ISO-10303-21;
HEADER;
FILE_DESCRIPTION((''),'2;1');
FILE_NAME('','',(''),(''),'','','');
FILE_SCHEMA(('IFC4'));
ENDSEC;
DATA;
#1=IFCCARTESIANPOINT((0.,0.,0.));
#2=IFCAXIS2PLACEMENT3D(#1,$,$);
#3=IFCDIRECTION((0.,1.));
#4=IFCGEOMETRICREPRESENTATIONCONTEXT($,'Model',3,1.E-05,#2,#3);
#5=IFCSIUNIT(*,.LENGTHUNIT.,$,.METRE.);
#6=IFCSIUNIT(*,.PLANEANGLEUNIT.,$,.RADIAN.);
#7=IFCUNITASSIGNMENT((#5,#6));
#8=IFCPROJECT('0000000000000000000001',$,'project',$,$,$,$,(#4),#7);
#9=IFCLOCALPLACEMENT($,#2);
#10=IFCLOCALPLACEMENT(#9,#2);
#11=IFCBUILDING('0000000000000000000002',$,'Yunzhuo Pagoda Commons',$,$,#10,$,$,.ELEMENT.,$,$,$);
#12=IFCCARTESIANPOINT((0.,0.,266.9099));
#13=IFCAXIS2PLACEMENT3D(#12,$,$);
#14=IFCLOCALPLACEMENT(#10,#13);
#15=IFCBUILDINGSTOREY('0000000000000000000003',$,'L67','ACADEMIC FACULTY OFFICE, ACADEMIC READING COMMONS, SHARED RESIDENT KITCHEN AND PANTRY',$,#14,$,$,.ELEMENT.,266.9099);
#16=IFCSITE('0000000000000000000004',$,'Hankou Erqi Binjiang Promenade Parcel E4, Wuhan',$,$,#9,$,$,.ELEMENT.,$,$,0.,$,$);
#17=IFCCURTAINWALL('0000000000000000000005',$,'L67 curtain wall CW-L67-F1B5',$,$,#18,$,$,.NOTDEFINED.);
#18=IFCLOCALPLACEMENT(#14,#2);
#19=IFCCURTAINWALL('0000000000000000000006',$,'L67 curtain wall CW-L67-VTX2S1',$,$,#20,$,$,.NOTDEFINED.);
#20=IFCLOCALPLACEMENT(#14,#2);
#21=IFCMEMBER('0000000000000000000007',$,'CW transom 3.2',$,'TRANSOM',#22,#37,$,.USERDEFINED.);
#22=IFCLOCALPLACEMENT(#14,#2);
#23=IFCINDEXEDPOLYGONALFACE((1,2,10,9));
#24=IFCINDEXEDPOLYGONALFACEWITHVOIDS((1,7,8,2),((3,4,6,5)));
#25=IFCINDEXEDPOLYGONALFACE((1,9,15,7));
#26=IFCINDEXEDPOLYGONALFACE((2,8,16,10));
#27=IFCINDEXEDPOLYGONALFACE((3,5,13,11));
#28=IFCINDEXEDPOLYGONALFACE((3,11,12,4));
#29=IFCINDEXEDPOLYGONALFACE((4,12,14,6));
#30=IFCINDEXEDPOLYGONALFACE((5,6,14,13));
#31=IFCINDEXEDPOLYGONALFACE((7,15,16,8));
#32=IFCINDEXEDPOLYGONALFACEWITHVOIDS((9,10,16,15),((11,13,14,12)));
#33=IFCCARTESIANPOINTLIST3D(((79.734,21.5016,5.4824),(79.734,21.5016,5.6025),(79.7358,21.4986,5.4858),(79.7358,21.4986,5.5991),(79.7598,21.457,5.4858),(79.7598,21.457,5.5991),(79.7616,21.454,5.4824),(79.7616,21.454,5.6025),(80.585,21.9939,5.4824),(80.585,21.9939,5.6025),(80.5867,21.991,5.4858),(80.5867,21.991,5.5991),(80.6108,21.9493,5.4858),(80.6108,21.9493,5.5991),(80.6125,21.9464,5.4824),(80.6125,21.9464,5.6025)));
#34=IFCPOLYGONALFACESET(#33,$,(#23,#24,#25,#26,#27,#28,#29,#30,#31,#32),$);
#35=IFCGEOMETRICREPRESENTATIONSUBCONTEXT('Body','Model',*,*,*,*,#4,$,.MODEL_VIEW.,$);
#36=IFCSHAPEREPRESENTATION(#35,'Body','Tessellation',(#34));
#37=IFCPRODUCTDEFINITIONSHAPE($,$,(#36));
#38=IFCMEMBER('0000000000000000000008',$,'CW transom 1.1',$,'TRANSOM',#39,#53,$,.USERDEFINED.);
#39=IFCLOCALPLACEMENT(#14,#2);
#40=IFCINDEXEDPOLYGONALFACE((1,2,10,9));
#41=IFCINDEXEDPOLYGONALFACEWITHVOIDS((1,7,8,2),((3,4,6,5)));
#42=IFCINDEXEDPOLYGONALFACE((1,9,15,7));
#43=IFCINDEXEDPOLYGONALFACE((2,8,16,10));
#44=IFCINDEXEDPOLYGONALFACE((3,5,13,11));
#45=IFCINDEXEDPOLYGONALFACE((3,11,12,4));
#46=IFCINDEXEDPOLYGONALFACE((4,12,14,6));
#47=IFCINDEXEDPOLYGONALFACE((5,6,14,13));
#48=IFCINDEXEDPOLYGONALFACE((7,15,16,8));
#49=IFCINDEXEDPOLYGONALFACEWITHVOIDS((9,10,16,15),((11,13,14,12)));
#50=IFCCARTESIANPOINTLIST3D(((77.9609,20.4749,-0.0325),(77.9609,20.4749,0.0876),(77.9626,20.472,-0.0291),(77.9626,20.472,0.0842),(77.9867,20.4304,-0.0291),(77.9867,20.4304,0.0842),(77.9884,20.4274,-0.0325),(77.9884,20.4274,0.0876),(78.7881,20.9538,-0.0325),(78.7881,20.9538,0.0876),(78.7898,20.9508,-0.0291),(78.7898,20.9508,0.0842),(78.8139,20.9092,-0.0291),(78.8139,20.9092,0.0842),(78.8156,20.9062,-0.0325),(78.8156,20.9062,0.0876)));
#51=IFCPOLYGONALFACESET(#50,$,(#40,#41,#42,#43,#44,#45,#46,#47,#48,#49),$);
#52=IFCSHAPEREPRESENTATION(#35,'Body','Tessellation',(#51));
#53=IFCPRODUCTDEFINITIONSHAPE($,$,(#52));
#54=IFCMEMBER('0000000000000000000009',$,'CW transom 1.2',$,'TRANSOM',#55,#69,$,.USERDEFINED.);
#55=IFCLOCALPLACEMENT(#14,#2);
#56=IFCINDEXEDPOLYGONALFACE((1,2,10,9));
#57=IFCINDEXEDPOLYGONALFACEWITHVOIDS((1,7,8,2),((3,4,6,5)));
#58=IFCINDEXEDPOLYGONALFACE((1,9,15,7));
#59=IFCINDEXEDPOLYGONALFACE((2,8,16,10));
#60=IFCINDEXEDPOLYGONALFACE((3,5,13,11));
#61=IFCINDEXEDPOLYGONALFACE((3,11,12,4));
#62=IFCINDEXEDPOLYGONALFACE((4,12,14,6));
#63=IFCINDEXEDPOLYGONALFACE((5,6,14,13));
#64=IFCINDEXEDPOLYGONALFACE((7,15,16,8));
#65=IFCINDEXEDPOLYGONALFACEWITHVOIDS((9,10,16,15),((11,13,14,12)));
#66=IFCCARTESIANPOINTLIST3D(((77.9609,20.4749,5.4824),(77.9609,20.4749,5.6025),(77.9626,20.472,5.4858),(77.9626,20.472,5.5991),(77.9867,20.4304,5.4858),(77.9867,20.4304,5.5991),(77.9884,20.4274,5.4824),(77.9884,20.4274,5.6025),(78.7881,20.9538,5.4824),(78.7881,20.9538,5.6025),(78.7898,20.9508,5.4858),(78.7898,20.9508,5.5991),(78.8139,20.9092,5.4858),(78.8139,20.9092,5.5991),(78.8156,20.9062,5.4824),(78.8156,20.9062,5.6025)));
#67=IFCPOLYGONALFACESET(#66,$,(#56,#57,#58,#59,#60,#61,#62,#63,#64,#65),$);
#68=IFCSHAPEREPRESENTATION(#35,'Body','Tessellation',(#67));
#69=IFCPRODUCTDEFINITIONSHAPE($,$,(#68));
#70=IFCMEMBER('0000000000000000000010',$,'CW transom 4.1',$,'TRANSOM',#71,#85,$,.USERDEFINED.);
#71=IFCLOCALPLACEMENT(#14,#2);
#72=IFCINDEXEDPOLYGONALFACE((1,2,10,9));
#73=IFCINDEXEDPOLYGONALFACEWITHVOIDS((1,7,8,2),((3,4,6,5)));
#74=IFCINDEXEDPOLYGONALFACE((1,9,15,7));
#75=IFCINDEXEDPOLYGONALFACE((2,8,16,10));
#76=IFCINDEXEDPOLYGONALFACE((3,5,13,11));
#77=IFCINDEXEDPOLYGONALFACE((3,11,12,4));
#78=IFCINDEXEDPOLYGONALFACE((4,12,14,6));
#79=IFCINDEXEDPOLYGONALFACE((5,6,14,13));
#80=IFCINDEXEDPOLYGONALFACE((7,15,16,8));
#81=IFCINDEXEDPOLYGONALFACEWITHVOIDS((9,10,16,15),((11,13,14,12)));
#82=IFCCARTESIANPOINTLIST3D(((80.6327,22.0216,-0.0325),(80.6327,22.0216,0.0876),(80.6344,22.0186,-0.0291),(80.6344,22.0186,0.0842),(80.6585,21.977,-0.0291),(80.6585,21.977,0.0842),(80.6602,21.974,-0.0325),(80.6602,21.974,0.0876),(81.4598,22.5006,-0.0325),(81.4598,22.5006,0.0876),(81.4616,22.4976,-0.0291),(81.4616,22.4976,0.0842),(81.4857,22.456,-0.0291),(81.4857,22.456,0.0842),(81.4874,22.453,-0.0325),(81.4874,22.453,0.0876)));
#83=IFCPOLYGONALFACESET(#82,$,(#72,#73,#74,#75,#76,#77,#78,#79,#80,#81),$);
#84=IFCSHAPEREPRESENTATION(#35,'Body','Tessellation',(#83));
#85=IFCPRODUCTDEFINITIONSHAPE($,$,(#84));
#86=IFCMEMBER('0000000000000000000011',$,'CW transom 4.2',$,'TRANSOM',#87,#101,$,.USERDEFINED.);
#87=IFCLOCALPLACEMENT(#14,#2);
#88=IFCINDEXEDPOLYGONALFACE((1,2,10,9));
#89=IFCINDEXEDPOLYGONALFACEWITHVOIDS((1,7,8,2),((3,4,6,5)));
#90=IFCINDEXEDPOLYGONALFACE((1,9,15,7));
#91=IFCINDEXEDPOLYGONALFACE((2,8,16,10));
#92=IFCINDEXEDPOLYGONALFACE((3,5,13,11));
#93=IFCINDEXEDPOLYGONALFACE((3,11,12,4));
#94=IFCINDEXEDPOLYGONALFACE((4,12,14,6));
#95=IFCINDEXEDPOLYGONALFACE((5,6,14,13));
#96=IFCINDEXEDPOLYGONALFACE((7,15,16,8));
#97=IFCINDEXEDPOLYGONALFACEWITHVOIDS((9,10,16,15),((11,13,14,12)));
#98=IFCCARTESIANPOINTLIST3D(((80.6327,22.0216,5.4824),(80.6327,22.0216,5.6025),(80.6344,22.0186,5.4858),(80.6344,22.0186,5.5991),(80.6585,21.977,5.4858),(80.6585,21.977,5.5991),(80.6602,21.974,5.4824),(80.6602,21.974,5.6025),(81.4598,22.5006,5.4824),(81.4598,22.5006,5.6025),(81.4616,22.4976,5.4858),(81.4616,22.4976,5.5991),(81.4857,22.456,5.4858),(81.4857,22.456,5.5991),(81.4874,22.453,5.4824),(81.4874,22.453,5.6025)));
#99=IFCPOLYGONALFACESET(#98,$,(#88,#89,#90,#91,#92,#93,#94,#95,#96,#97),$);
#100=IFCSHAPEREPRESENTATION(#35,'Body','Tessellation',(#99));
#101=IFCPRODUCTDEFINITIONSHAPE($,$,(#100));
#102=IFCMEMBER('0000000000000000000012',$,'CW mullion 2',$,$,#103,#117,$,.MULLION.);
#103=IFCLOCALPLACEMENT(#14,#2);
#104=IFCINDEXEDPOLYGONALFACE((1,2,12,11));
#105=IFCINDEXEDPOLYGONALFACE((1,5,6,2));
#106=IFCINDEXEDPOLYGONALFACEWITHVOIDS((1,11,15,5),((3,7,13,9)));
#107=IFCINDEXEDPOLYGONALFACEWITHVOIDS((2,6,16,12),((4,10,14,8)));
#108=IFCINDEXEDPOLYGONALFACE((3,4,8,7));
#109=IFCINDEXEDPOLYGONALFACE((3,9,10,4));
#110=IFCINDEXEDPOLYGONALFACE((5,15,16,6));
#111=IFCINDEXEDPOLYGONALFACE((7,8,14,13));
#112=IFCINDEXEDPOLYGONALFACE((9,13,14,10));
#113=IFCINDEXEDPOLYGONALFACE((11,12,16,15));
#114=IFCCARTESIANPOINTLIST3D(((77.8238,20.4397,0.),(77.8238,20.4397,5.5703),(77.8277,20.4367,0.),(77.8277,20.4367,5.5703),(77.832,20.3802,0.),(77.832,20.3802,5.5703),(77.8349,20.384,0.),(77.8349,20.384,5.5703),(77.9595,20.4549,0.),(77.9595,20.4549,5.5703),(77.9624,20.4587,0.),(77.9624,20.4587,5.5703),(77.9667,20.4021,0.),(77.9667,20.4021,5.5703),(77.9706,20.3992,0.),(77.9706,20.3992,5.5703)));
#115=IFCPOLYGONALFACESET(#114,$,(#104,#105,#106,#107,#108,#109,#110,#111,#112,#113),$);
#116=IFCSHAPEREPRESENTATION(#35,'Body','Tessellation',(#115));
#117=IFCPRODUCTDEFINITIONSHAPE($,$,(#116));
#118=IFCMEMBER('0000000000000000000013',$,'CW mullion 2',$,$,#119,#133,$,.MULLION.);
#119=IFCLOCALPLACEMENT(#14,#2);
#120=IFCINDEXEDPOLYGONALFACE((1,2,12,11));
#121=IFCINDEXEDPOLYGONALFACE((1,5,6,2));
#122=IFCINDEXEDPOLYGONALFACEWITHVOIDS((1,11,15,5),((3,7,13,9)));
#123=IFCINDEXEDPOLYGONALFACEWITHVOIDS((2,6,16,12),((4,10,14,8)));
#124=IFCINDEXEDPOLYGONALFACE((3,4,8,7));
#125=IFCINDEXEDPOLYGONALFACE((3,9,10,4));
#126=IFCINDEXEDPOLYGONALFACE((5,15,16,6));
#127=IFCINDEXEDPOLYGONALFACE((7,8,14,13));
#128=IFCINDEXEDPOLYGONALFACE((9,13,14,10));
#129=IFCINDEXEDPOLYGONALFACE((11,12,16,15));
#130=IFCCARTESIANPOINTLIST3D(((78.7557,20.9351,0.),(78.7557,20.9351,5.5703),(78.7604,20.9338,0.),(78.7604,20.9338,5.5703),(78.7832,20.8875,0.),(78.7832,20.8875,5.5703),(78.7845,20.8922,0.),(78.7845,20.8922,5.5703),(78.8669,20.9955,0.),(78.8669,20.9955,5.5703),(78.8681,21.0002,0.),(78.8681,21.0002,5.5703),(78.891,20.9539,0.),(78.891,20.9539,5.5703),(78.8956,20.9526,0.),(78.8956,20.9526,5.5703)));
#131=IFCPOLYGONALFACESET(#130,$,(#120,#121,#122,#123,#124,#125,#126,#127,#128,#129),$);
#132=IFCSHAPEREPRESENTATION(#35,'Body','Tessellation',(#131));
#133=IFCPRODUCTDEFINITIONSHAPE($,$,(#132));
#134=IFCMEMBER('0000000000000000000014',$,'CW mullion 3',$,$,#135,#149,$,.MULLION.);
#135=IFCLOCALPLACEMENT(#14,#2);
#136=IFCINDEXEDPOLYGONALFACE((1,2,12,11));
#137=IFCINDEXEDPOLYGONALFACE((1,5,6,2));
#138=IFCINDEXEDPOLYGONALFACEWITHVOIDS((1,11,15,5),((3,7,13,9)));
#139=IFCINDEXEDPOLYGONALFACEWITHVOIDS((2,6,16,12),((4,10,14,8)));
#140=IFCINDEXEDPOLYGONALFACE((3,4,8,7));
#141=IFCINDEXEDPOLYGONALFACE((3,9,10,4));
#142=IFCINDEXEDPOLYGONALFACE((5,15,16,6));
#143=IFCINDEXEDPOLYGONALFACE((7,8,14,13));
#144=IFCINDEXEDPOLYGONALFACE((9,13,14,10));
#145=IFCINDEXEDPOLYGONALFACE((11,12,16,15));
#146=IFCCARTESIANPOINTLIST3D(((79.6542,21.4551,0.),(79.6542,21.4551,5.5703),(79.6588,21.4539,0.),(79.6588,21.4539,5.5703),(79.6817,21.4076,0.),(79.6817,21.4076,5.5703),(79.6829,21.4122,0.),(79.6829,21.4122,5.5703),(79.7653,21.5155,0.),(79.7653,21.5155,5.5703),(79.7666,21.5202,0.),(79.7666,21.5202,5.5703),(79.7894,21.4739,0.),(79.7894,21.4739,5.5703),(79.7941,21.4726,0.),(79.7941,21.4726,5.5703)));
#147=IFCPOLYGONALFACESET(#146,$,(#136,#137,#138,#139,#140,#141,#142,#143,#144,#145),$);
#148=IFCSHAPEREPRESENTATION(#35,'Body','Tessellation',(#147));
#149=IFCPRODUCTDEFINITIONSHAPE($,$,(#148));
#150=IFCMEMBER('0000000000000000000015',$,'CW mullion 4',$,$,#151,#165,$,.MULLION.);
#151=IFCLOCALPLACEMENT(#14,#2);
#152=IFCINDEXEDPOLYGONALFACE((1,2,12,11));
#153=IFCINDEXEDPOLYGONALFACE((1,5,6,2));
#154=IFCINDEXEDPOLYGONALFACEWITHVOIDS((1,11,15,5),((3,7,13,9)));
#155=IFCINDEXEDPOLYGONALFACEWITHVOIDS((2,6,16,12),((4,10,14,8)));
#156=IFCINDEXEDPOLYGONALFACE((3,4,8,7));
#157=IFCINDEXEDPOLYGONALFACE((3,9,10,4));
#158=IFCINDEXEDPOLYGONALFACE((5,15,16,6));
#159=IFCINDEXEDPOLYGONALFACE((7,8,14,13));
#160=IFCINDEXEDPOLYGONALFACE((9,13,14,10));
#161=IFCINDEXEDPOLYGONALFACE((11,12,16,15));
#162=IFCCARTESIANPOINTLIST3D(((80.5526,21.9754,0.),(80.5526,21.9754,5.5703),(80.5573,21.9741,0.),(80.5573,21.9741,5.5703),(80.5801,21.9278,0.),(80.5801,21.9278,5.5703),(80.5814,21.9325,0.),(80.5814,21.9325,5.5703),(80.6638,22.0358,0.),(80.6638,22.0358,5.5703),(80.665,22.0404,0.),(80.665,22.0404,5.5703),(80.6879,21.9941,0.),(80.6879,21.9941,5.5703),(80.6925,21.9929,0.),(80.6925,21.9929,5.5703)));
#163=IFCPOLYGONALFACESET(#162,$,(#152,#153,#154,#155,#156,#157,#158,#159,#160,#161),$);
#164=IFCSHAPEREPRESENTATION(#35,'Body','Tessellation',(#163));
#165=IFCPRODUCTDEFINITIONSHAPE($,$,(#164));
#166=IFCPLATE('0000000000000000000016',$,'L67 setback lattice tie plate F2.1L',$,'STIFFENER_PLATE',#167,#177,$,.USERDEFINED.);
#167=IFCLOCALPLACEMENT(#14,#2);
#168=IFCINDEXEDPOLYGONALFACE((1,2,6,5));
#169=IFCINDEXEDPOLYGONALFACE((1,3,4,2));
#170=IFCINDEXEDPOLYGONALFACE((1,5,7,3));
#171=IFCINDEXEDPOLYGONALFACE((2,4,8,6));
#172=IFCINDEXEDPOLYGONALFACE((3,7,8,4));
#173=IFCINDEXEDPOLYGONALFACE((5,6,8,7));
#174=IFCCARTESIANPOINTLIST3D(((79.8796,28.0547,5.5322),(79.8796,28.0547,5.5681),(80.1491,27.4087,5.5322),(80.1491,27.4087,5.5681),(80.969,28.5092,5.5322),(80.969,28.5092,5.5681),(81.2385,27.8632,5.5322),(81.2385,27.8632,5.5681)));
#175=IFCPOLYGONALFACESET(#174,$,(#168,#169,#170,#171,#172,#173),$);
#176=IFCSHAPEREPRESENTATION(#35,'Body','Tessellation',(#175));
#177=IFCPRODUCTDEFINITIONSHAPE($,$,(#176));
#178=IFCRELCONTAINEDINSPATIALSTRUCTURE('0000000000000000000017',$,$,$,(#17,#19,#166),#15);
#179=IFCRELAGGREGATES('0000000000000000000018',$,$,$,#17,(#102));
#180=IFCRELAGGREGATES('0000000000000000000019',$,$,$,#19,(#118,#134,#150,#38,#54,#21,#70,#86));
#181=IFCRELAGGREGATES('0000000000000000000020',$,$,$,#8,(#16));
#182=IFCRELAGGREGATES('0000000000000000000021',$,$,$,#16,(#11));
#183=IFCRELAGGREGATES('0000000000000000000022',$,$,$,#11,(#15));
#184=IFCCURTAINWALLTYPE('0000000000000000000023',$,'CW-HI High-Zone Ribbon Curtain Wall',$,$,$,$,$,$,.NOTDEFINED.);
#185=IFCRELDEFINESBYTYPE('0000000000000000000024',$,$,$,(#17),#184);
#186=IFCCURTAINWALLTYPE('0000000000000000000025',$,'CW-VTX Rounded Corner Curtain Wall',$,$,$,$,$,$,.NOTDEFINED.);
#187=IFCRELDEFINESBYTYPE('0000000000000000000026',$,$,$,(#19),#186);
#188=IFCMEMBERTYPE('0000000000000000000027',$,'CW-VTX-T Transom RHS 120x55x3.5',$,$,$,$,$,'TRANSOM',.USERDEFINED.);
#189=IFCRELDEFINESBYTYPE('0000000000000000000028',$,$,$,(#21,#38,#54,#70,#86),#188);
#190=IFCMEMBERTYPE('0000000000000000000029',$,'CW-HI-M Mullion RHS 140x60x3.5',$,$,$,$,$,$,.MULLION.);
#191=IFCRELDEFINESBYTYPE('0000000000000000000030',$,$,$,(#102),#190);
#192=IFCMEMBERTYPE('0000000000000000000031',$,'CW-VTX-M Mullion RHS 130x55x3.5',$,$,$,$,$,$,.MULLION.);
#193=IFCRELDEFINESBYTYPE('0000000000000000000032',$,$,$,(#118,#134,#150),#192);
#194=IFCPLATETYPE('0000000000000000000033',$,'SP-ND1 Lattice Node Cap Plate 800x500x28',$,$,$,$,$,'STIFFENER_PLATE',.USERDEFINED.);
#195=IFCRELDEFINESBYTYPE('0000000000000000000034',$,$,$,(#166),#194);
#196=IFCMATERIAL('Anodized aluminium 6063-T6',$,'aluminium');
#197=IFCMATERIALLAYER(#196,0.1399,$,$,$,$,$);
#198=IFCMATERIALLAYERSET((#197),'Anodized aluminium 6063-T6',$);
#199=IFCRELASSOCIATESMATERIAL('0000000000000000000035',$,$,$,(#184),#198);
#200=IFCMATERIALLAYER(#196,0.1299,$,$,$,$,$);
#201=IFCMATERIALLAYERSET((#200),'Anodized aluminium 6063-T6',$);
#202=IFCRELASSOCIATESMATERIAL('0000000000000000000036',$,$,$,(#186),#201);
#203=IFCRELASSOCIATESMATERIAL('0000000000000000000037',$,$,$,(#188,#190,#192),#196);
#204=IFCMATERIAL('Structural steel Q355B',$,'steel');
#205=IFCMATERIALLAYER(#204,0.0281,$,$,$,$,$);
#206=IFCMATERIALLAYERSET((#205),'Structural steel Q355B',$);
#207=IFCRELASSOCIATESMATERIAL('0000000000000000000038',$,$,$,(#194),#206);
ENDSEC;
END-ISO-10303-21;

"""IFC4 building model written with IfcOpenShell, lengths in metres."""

from ifc_helpers import new_model, si_unit, direction, frame, origin, origin_2d, place, context, subcontext, project, spatial, rectangle, hollow_rectangle, extrude, source, transform, mapped, material, layer, layer_set, material_profile, profile_set, type_object, element, aggregate, save


model = new_model("IFC4")

# Units and contexts
model_context = context("Model", 3, precision=1e-05, world=origin(), true_north=direction((0.0, 1.0)))
body_context = subcontext(model_context, "Body", "Model", "MODEL_VIEW")
ifc_project = project(units=[si_unit("LENGTHUNIT", "METRE"), si_unit("PLANEANGLEUNIT", "RADIAN")], contexts=[model_context])

# Site, building, storey
site_placement = place(None, origin())
site = spatial("IfcSite", under=ifc_project, at=site_placement, Name="Hankou Erqi Binjiang Promenade Parcel E4, Wuhan", CompositionType="ELEMENT", RefElevation=0.0)
building_placement = place(site_placement, origin())
building = spatial("IfcBuilding", under=site, at=building_placement, Name="Yunzhuo Pagoda Commons", CompositionType="ELEMENT")
storey_placement = place(building_placement, frame((0.0, 0.0, 266.9099)))
storey = spatial("IfcBuildingStorey", under=building, at=storey_placement, Name="L67", Description="ACADEMIC FACULTY OFFICE, ACADEMIC READING COMMONS, SHARED RESIDENT KITCHEN AND PANTRY", CompositionType="ELEMENT", Elevation=266.9099)

# Shared definitions
ifc_material_1 = material(Name="Structural steel Q355B", Category="steel")

# Curtain walls, members
ifc_material_2 = material(Name="Anodized aluminium 6063-T6", Category="aluminium")
ifc_layer_1 = layer(ifc_material_2, 0.1399)
ifc_layer_set_1 = layer_set([ifc_layer_1], Name="Anodized aluminium 6063-T6")
curtain_wall_type_1 = type_object("IfcCurtainWallType", Name="CW-HI High-Zone Ribbon Curtain Wall", PredefinedType="NOTDEFINED", material=ifc_layer_set_1)
curtain_wall_1_placement = place(storey_placement, origin())
curtain_wall_1 = element("IfcCurtainWall", 1, at=curtain_wall_1_placement, inside=storey, type_object=curtain_wall_type_1, Name="L67 curtain wall CW-L67-F1B5", PredefinedType="NOTDEFINED")
ifc_layer_2 = layer(ifc_material_2, 0.1299)
ifc_layer_set_2 = layer_set([ifc_layer_2], Name="Anodized aluminium 6063-T6")
curtain_wall_type_2 = type_object("IfcCurtainWallType", Name="CW-VTX Rounded Corner Curtain Wall", PredefinedType="NOTDEFINED", material=ifc_layer_set_2)
curtain_wall_2_placement = place(storey_placement, origin())
curtain_wall_2 = element("IfcCurtainWall", 2, at=curtain_wall_2_placement, inside=storey, type_object=curtain_wall_type_2, Name="L67 curtain wall CW-L67-VTX2S1", PredefinedType="NOTDEFINED")
ifc_material_profile_1 = material_profile(ifc_material_2, hollow_rectangle(XDim=0.0549, YDim=0.1201, WallThickness=0.0034, at=origin_2d()), Name="Anodized aluminium 6063-T6")
ifc_profile_set_1 = profile_set([ifc_material_profile_1], Name="Anodized aluminium 6063-T6")
member_type_1 = type_object("IfcMemberType", Name="CW-VTX-T Transom RHS 120x55x3.5", ElementType="TRANSOM", PredefinedType="USERDEFINED", material=ifc_profile_set_1)
shared_shape_1 = source(origin(), body_context, "Body", "SweptSolid", [
    extrude(hollow_rectangle(XDim=0.0549, YDim=0.1201, WallThickness=0.0034, at=origin_2d()), origin(), (0.0, 0.0, 1.0), 0.9832),
])
member_1_placement = place(storey_placement, frame((79.7478, 21.4778, 5.5425), z_axis=(0.865557, 0.500811, 0.0), x_axis=(-0.500811, 0.865557, 0.0)))
member_1 = element("IfcMember", 3, at=member_1_placement, type_object=member_type_1, Name="CW transom 3.2", ObjectType="TRANSOM", PredefinedType="USERDEFINED", context=body_context, shape_type="MappedRepresentation", body=[
    mapped(shared_shape_1, transform((0.0, 0.0, 0.0), scale=1.0)),
])
shared_shape_2 = source(origin(), body_context, "Body", "SweptSolid", [
    extrude(hollow_rectangle(XDim=0.0549, YDim=0.1201, WallThickness=0.0034, at=origin_2d()), origin(), (0.0, 0.0, 1.0), 0.9558),
])
member_2_placement = place(storey_placement, frame((77.9746, 20.4512, 0.0276), z_axis=(0.865479, 0.500946, 0.0), x_axis=(-0.500946, 0.865479, 0.0)))
member_2 = element("IfcMember", 4, at=member_2_placement, type_object=member_type_1, Name="CW transom 1.1", ObjectType="TRANSOM", PredefinedType="USERDEFINED", context=body_context, shape_type="MappedRepresentation", body=[
    mapped(shared_shape_2, transform((0.0, 0.0, 0.0), scale=1.0)),
])
member_3_placement = place(storey_placement, frame((77.9746, 20.4512, 5.5425), z_axis=(0.865479, 0.500946, 0.0), x_axis=(-0.500946, 0.865479, 0.0)))
member_3 = element("IfcMember", 5, at=member_3_placement, type_object=member_type_1, Name="CW transom 1.2", ObjectType="TRANSOM", PredefinedType="USERDEFINED", context=body_context, shape_type="MappedRepresentation", body=[
    mapped(shared_shape_2, transform((0.0, 0.0, 0.0), scale=1.0)),
])
member_4_placement = place(storey_placement, frame((80.6465, 21.9978, 0.0276), z_axis=(0.865368, 0.501137, 0.0), x_axis=(-0.501137, 0.865368, 0.0)))
member_4 = element("IfcMember", 6, at=member_4_placement, type_object=member_type_1, Name="CW transom 4.1", ObjectType="TRANSOM", PredefinedType="USERDEFINED", context=body_context, shape_type="MappedRepresentation", body=[
    mapped(shared_shape_2, transform((0.0, 0.0, 0.0), scale=1.0)),
])
member_5_placement = place(storey_placement, frame((80.6465, 21.9978, 5.5425), z_axis=(0.865368, 0.501137, 0.0), x_axis=(-0.501137, 0.865368, 0.0)))
member_5 = element("IfcMember", 7, at=member_5_placement, type_object=member_type_1, Name="CW transom 4.2", ObjectType="TRANSOM", PredefinedType="USERDEFINED", context=body_context, shape_type="MappedRepresentation", body=[
    mapped(shared_shape_2, transform((0.0, 0.0, 0.0), scale=1.0)),
])

# Members
ifc_material_profile_2 = material_profile(ifc_material_2, hollow_rectangle(XDim=0.0601, YDim=0.1399, WallThickness=0.0034, at=origin_2d()), Name="Anodized aluminium 6063-T6")
ifc_profile_set_2 = profile_set([ifc_material_profile_2], Name="Anodized aluminium 6063-T6")
member_type_2 = type_object("IfcMemberType", Name="CW-HI-M Mullion RHS 140x60x3.5", PredefinedType="MULLION", material=ifc_profile_set_2)
shared_shape_3 = source(origin(), body_context, "Body", "SweptSolid", [
    extrude(hollow_rectangle(XDim=0.0601, YDim=0.1399, WallThickness=0.0034, at=origin_2d()), origin(), (0.0, 0.0, 1.0), 5.5703),
])
member_6_placement = place(storey_placement, frame((77.8972, 20.4194, 0.0), z_axis=(0.0, 0.0, 1.0), x_axis=(-0.136099, 0.990695, 0.0)))
member_6 = element("IfcMember", 8, at=member_6_placement, type_object=member_type_2, Name="CW mullion 2", PredefinedType="MULLION", context=body_context, shape_type="MappedRepresentation", body=[
    mapped(shared_shape_3, transform((0.0, 0.0, 0.0), scale=1.0)),
])
ifc_material_profile_3 = material_profile(ifc_material_2, hollow_rectangle(XDim=0.0549, YDim=0.1299, WallThickness=0.0034, at=origin_2d()), Name="Anodized aluminium 6063-T6")
ifc_profile_set_3 = profile_set([ifc_material_profile_3], Name="Anodized aluminium 6063-T6")
member_type_3 = type_object("IfcMemberType", Name="CW-VTX-M Mullion RHS 130x55x3.5", PredefinedType="MULLION", material=ifc_profile_set_3)
shared_shape_4 = source(origin(), body_context, "Body", "SweptSolid", [
    extrude(hollow_rectangle(XDim=0.0549, YDim=0.1299, WallThickness=0.0034, at=origin_2d()), origin(), (0.0, 0.0, 1.0), 5.5703),
])
member_7_placement = place(storey_placement, frame((78.8257, 20.9438, 0.0), z_axis=(0.0, 0.0, 1.0), x_axis=(-0.501027, 0.865432, 0.0)))
member_7 = element("IfcMember", 9, at=member_7_placement, type_object=member_type_3, Name="CW mullion 2", PredefinedType="MULLION", context=body_context, shape_type="MappedRepresentation", body=[
    mapped(shared_shape_4, transform((0.0, 0.0, 0.0), scale=1.0)),
])
member_8_placement = place(storey_placement, frame((79.7241, 21.4639, 0.0), z_axis=(0.0, 0.0, 1.0), x_axis=(-0.501027, 0.865432, 0.0)))
member_8 = element("IfcMember", 10, at=member_8_placement, type_object=member_type_3, Name="CW mullion 3", PredefinedType="MULLION", context=body_context, shape_type="MappedRepresentation", body=[
    mapped(shared_shape_4, transform((0.0, 0.0, 0.0), scale=1.0)),
])
member_9_placement = place(storey_placement, frame((80.6226, 21.9841, 0.0), z_axis=(0.0, 0.0, 1.0), x_axis=(-0.501027, 0.865432, 0.0)))
member_9 = element("IfcMember", 11, at=member_9_placement, type_object=member_type_3, Name="CW mullion 4", PredefinedType="MULLION", context=body_context, shape_type="MappedRepresentation", body=[
    mapped(shared_shape_4, transform((0.0, 0.0, 0.0), scale=1.0)),
])

# Plate
ifc_layer_3 = layer(ifc_material_1, 0.0281)
ifc_layer_set_3 = layer_set([ifc_layer_3], Name="Structural steel Q355B")
plate_type_1 = type_object("IfcPlateType", Name="SP-ND1 Lattice Node Cap Plate 800x500x28", ElementType="STIFFENER_PLATE", PredefinedType="USERDEFINED", material=ifc_layer_set_3)
shared_shape_5 = source(origin(), body_context, "Body", "SweptSolid", [
    extrude(rectangle(XDim=0.7, YDim=1.1804, at=origin_2d()), origin(), (0.0, 0.0, 1.0), 0.0359),
])
plate_1_placement = place(storey_placement, frame((80.5591, 27.959, 5.5322), z_axis=(0.0, 0.0, 1.0), x_axis=(-0.38502, 0.922908, 0.0)))
element("IfcPlate", 12, at=plate_1_placement, inside=storey, type_object=plate_type_1, Name="L67 setback lattice tie plate F2.1L", ObjectType="STIFFENER_PLATE", PredefinedType="USERDEFINED", context=body_context, shape_type="MappedRepresentation", body=[
    mapped(shared_shape_5, transform((0.0, 0.0, 0.0), scale=1.0)),
])
aggregate(curtain_wall_1, [member_6])
aggregate(curtain_wall_2, [member_7, member_8, member_9, member_2, member_3, member_1, member_4, member_5])

save(model, "model.ifc")
